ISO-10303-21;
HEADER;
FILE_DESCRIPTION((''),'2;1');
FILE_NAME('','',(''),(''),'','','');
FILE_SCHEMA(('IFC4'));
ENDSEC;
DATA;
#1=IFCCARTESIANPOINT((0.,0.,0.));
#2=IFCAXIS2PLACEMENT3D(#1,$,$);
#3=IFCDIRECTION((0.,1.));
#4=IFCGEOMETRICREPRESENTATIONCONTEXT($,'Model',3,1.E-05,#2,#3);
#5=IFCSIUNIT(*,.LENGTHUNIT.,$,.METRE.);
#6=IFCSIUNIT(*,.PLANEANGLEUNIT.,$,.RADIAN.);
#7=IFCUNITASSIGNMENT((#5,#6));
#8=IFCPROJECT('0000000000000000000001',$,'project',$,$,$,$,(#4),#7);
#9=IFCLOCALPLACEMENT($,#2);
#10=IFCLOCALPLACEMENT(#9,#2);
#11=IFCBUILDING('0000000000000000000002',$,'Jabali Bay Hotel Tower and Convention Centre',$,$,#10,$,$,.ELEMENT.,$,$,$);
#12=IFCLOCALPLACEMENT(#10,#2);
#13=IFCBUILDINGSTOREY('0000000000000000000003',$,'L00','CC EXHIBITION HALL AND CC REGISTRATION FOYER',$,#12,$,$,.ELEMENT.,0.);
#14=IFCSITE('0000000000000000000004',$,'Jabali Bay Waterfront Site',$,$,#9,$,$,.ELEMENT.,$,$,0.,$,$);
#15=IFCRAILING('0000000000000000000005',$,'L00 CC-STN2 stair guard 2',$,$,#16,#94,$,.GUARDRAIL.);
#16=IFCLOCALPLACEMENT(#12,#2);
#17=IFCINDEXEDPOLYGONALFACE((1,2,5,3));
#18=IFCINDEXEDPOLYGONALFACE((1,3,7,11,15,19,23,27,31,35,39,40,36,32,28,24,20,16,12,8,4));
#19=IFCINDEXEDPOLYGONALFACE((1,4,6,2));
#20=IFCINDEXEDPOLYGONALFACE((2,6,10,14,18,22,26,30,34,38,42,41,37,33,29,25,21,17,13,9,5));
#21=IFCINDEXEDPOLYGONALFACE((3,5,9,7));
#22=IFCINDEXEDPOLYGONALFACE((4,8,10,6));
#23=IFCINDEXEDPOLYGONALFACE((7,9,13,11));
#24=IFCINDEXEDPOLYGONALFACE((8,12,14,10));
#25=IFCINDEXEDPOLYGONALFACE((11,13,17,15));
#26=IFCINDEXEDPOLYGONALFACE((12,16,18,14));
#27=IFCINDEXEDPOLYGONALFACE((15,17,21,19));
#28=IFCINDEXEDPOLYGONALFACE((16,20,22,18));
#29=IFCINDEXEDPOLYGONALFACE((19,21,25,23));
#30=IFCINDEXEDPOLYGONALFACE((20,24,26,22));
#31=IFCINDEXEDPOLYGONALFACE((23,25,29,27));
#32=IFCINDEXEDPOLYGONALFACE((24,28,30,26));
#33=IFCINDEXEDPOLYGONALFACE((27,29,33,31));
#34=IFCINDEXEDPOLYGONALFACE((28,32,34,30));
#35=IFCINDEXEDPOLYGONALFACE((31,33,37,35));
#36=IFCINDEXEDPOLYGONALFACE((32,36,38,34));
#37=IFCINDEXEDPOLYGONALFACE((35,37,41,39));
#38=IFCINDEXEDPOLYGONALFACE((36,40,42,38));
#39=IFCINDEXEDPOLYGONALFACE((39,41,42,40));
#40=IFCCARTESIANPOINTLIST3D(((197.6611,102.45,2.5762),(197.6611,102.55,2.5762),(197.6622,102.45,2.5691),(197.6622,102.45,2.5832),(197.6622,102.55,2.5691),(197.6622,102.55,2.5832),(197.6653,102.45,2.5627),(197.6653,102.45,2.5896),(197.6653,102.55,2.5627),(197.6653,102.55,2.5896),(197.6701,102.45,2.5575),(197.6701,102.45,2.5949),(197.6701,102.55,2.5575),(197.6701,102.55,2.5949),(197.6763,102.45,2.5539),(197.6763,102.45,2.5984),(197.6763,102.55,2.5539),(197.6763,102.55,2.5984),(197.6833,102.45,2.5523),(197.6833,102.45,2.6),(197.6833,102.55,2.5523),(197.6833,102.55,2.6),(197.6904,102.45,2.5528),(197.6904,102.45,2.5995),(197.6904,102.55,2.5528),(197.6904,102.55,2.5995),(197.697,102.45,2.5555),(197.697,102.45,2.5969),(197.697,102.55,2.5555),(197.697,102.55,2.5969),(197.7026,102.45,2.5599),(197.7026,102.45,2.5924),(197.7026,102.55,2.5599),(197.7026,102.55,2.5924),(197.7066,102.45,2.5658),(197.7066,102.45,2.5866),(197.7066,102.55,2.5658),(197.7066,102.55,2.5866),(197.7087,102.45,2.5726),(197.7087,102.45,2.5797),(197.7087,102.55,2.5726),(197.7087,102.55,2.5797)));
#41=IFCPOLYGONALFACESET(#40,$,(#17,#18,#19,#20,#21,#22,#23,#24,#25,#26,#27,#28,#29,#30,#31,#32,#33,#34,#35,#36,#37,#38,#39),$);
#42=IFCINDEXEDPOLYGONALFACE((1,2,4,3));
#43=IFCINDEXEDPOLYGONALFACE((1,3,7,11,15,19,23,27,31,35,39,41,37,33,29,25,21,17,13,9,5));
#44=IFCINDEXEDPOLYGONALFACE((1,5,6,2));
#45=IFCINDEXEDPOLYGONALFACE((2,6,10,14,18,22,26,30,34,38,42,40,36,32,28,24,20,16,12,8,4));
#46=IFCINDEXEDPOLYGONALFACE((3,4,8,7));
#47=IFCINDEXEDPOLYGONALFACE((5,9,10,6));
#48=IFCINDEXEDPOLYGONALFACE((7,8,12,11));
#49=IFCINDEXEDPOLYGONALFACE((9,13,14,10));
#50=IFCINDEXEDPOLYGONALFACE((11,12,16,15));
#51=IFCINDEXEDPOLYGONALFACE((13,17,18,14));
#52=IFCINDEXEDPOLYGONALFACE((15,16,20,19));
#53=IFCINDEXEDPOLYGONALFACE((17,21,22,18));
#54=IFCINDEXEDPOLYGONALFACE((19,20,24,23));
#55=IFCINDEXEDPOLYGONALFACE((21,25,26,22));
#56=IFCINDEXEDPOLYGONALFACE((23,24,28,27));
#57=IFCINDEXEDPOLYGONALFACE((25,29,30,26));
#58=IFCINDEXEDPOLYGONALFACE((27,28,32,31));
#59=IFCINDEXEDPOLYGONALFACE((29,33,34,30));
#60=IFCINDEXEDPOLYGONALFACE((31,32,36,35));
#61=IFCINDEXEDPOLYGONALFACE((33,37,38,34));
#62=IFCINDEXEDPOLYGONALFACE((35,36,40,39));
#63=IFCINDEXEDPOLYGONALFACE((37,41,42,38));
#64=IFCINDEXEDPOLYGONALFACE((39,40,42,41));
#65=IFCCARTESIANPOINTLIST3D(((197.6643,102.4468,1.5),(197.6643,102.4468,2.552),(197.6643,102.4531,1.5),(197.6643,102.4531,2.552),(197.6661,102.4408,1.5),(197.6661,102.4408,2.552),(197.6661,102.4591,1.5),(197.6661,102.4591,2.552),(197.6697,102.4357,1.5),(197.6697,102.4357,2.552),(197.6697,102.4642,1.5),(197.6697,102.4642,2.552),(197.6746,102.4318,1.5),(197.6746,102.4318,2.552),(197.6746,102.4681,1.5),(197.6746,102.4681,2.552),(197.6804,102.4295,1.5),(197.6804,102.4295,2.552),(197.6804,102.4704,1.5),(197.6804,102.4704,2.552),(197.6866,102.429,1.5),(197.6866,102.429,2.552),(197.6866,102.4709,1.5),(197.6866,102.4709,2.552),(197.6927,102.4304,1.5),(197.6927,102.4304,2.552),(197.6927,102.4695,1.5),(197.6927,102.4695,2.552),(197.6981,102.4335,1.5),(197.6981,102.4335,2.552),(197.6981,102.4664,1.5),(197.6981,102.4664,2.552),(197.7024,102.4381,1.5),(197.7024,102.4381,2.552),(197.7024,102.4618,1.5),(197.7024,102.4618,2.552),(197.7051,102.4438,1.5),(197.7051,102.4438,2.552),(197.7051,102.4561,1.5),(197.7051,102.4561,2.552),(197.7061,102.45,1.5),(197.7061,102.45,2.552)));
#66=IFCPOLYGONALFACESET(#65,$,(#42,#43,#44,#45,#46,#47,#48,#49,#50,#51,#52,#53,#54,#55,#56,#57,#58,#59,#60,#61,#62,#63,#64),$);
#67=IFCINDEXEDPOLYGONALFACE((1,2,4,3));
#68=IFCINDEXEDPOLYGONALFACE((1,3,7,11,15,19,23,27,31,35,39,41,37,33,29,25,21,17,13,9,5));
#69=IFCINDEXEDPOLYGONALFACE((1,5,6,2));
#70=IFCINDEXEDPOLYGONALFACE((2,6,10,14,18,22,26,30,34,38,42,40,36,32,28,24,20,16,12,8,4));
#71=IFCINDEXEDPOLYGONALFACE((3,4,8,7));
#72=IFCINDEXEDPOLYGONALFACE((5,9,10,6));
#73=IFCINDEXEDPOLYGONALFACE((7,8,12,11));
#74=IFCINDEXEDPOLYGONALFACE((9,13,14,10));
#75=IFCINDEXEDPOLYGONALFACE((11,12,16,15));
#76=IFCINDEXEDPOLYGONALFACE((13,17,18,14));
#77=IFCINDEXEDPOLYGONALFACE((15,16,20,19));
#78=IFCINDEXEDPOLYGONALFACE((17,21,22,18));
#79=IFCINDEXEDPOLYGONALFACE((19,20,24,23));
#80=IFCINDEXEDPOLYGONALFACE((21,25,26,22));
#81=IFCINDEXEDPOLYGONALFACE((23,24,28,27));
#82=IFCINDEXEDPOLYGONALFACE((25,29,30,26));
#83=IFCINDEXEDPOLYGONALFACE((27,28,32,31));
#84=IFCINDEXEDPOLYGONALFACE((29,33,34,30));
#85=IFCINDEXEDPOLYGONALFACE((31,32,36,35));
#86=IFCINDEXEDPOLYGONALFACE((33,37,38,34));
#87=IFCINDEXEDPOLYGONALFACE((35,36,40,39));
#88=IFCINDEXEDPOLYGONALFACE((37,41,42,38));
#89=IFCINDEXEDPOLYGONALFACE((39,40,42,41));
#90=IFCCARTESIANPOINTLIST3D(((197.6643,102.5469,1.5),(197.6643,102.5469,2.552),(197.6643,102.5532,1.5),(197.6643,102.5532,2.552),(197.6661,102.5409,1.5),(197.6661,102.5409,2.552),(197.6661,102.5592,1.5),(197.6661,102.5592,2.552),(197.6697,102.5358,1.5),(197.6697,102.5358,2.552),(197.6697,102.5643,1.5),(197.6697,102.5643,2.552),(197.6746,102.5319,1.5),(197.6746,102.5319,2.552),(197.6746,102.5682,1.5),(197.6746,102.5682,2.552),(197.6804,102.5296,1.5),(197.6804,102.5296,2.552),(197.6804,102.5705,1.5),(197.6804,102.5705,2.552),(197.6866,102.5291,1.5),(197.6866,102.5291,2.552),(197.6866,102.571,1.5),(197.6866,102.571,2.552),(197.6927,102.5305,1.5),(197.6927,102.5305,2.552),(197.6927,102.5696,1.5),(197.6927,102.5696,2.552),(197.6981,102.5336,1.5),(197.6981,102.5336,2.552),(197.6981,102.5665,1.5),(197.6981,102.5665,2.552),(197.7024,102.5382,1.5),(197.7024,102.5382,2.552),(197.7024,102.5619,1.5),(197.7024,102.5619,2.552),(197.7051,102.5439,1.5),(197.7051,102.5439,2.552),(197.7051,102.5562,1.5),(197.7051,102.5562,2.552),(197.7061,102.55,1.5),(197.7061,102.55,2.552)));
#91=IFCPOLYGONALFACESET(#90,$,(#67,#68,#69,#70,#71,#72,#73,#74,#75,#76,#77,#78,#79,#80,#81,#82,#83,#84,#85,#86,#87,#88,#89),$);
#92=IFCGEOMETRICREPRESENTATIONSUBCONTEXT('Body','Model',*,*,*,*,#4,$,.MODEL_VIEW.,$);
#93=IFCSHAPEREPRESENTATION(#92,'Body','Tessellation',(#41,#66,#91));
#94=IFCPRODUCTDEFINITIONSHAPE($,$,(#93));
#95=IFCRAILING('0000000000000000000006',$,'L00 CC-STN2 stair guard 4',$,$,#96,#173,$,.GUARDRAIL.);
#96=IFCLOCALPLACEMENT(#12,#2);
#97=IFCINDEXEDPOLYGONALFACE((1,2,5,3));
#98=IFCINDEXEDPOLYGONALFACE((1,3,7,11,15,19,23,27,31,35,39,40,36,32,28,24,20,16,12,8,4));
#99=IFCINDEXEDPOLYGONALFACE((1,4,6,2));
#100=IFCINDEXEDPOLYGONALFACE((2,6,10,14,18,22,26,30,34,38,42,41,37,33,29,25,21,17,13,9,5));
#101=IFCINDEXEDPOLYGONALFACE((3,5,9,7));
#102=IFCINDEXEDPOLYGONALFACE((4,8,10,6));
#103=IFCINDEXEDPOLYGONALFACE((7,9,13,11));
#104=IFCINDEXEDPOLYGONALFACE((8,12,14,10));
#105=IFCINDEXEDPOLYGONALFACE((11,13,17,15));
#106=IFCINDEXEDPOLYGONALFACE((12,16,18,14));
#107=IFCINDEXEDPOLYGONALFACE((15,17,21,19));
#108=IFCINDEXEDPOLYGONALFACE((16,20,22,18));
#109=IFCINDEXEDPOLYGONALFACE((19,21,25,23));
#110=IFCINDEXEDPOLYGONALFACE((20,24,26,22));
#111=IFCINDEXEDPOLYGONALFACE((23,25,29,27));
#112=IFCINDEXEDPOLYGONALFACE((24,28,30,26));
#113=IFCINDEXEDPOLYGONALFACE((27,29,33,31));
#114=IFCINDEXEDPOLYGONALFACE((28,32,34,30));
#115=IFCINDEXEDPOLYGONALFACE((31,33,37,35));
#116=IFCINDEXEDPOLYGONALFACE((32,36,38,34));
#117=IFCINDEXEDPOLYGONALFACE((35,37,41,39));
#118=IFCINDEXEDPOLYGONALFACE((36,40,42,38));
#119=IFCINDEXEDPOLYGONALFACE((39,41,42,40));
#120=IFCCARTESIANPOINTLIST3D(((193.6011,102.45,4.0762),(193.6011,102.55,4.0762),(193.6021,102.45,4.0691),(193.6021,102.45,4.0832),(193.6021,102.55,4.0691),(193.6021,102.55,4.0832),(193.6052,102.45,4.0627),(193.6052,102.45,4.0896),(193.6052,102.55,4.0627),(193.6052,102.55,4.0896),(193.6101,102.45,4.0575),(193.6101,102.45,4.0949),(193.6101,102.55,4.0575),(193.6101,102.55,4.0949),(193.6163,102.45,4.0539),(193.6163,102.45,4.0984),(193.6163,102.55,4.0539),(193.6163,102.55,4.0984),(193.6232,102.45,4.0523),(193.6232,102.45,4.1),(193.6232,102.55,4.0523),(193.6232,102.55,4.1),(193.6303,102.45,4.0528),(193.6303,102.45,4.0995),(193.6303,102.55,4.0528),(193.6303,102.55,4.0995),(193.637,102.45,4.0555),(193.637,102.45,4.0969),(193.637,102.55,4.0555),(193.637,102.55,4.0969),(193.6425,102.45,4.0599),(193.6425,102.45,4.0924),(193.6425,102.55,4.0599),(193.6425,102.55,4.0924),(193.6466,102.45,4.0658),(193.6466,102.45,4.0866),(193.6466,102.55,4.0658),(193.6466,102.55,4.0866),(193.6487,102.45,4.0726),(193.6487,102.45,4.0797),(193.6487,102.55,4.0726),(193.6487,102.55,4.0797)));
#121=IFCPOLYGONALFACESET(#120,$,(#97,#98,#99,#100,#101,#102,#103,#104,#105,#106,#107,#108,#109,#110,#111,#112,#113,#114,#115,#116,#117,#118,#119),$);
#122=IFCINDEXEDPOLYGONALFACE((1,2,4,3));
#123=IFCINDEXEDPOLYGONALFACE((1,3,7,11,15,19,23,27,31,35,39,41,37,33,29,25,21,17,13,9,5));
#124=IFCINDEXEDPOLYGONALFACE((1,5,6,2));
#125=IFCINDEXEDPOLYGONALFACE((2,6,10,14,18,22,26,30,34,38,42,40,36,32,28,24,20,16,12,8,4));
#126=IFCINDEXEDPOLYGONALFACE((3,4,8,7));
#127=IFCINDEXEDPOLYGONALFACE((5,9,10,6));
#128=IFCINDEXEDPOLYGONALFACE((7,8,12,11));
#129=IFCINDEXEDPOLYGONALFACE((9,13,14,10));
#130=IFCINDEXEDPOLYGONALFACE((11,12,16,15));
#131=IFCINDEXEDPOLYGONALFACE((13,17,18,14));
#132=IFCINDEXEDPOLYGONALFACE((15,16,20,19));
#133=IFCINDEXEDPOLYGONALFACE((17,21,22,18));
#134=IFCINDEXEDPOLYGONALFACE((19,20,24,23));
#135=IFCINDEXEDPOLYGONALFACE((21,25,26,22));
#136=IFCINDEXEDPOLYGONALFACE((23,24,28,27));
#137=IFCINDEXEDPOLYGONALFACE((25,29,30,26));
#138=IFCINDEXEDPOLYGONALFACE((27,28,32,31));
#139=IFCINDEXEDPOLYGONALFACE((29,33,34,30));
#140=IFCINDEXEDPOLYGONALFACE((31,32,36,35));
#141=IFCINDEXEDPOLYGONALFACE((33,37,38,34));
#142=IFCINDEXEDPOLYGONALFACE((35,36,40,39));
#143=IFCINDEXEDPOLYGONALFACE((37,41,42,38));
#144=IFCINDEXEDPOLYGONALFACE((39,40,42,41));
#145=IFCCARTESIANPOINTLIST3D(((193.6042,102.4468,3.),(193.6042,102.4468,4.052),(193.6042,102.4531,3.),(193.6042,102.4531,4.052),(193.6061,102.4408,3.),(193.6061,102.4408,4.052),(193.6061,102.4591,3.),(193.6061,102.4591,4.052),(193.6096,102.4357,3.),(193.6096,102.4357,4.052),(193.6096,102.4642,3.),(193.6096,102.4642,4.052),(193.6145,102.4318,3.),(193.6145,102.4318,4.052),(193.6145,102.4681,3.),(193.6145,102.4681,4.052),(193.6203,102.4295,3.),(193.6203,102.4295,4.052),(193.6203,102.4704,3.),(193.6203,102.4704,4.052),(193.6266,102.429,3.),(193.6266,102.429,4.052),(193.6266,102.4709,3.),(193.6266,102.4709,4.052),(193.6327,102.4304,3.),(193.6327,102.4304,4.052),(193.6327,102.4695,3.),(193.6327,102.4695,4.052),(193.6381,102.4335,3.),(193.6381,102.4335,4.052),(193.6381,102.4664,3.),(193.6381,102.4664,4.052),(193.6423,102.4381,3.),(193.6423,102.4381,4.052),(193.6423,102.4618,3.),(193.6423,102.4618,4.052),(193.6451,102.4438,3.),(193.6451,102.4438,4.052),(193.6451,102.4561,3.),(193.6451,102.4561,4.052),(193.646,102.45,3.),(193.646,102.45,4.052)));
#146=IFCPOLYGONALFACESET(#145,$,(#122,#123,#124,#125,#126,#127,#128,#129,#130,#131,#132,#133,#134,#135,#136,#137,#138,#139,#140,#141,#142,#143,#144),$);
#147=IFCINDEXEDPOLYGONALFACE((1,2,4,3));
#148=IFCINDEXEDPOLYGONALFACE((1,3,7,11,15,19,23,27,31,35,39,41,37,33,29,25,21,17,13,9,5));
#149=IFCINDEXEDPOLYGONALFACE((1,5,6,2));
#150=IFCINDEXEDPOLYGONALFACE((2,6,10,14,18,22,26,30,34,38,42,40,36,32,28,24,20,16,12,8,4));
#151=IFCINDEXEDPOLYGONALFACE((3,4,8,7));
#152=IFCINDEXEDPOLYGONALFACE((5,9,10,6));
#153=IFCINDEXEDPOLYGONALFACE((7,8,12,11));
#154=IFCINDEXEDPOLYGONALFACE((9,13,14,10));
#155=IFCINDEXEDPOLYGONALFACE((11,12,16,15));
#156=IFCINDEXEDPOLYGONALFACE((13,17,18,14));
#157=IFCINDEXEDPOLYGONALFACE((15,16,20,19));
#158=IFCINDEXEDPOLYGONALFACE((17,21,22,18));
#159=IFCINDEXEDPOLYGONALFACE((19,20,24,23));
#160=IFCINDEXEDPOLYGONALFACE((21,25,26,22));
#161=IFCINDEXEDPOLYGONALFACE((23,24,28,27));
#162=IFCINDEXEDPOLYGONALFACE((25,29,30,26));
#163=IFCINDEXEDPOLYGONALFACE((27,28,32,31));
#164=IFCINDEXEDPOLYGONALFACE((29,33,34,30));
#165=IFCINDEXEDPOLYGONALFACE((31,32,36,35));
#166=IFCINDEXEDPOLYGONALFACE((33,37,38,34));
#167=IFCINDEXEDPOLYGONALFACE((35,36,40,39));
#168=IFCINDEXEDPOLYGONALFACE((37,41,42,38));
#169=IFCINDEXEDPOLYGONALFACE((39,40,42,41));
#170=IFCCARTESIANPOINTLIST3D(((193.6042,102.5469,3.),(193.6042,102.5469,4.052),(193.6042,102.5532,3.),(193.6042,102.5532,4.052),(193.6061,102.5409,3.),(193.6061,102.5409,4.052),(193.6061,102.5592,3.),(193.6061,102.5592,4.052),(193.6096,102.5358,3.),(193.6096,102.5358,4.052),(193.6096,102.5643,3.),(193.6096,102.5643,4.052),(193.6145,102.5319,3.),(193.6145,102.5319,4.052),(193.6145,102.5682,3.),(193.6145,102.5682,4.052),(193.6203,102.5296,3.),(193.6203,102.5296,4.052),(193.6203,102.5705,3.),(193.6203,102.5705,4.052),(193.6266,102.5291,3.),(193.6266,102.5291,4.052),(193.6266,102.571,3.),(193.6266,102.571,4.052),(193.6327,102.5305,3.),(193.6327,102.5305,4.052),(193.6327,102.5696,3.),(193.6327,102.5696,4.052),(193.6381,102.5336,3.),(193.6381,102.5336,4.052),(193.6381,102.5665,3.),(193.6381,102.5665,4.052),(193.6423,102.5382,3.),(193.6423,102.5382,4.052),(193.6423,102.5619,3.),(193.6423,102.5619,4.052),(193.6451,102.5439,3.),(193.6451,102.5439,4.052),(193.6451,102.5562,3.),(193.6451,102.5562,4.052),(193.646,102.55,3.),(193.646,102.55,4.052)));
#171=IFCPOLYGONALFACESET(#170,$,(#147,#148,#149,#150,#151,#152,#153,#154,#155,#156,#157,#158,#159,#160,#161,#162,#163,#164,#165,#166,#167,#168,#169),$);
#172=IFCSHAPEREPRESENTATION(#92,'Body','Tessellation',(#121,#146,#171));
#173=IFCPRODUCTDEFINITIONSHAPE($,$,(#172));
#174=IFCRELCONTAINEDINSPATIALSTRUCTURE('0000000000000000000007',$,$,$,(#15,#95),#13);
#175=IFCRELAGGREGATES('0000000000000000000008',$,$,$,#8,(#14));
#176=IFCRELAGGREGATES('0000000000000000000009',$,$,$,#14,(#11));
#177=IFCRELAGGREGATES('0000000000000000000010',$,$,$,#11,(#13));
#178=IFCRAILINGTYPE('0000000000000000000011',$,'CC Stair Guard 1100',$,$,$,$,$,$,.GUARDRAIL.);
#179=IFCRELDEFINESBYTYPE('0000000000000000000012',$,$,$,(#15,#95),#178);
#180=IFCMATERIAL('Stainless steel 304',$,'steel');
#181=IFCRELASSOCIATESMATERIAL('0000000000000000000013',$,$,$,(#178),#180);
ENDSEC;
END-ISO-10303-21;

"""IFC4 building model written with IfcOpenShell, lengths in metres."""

from ifc_helpers import new_model, si_unit, direction, frame, origin, origin_2d, place, context, subcontext, project, spatial, circle, extrude, material, type_object, element, save


model = new_model("IFC4")

# Units and contexts
model_context = context("Model", 3, precision=1e-05, world=origin(), true_north=direction((0.0, 1.0)))
body_context = subcontext(model_context, "Body", "Model", "MODEL_VIEW")
ifc_project = project(units=[si_unit("LENGTHUNIT", "METRE"), si_unit("PLANEANGLEUNIT", "RADIAN")], contexts=[model_context])

# Site, building, storey
site_placement = place(None, origin())
site = spatial("IfcSite", under=ifc_project, at=site_placement, Name="Jabali Bay Waterfront Site", CompositionType="ELEMENT", RefElevation=0.0)
building_placement = place(site_placement, origin())
building = spatial("IfcBuilding", under=site, at=building_placement, Name="Jabali Bay Hotel Tower and Convention Centre", CompositionType="ELEMENT")
storey_placement = place(building_placement, origin())
storey = spatial("IfcBuildingStorey", under=building, at=storey_placement, Name="L00", Description="CC EXHIBITION HALL AND CC REGISTRATION FOYER", CompositionType="ELEMENT", Elevation=0.0)

# Railings
ifc_material_1 = material(Name="Stainless steel 304", Category="steel")
railing_type_1 = type_object("IfcRailingType", Name="CC Stair Guard 1100", PredefinedType="GUARDRAIL", material=ifc_material_1)
for number, where, name in (
    (1, (197.6851, 102.45, 1.5), "L00 CC-STN2 stair guard 2"),
    (2, (193.625, 102.45, 3.0), "L00 CC-STN2 stair guard 4"),
):
    element("IfcRailing", number, at=place(storey_placement, frame(where)), inside=storey, type_object=railing_type_1, Name=name, PredefinedType="GUARDRAIL", context=body_context, shape_type="SweptSolid", body=[
        extrude(circle(Radius=0.0239, at=origin_2d()), frame((0.0, 0.0, 1.0762), z_axis=(0.0, 1.0, 0.0), x_axis=(-1.0, 0.0, 0.0)), (0.0, 0.0, 1.0), 0.1001),
        extrude(circle(Radius=0.021, at=origin_2d()), origin(), (0.0, 0.0, 1.0), 1.052),
        extrude(circle(Radius=0.021, at=origin_2d()), frame((0.0, 0.1001, 0.0)), (0.0, 0.0, 1.0), 1.052),
    ])

save(model, "model.ifc")
